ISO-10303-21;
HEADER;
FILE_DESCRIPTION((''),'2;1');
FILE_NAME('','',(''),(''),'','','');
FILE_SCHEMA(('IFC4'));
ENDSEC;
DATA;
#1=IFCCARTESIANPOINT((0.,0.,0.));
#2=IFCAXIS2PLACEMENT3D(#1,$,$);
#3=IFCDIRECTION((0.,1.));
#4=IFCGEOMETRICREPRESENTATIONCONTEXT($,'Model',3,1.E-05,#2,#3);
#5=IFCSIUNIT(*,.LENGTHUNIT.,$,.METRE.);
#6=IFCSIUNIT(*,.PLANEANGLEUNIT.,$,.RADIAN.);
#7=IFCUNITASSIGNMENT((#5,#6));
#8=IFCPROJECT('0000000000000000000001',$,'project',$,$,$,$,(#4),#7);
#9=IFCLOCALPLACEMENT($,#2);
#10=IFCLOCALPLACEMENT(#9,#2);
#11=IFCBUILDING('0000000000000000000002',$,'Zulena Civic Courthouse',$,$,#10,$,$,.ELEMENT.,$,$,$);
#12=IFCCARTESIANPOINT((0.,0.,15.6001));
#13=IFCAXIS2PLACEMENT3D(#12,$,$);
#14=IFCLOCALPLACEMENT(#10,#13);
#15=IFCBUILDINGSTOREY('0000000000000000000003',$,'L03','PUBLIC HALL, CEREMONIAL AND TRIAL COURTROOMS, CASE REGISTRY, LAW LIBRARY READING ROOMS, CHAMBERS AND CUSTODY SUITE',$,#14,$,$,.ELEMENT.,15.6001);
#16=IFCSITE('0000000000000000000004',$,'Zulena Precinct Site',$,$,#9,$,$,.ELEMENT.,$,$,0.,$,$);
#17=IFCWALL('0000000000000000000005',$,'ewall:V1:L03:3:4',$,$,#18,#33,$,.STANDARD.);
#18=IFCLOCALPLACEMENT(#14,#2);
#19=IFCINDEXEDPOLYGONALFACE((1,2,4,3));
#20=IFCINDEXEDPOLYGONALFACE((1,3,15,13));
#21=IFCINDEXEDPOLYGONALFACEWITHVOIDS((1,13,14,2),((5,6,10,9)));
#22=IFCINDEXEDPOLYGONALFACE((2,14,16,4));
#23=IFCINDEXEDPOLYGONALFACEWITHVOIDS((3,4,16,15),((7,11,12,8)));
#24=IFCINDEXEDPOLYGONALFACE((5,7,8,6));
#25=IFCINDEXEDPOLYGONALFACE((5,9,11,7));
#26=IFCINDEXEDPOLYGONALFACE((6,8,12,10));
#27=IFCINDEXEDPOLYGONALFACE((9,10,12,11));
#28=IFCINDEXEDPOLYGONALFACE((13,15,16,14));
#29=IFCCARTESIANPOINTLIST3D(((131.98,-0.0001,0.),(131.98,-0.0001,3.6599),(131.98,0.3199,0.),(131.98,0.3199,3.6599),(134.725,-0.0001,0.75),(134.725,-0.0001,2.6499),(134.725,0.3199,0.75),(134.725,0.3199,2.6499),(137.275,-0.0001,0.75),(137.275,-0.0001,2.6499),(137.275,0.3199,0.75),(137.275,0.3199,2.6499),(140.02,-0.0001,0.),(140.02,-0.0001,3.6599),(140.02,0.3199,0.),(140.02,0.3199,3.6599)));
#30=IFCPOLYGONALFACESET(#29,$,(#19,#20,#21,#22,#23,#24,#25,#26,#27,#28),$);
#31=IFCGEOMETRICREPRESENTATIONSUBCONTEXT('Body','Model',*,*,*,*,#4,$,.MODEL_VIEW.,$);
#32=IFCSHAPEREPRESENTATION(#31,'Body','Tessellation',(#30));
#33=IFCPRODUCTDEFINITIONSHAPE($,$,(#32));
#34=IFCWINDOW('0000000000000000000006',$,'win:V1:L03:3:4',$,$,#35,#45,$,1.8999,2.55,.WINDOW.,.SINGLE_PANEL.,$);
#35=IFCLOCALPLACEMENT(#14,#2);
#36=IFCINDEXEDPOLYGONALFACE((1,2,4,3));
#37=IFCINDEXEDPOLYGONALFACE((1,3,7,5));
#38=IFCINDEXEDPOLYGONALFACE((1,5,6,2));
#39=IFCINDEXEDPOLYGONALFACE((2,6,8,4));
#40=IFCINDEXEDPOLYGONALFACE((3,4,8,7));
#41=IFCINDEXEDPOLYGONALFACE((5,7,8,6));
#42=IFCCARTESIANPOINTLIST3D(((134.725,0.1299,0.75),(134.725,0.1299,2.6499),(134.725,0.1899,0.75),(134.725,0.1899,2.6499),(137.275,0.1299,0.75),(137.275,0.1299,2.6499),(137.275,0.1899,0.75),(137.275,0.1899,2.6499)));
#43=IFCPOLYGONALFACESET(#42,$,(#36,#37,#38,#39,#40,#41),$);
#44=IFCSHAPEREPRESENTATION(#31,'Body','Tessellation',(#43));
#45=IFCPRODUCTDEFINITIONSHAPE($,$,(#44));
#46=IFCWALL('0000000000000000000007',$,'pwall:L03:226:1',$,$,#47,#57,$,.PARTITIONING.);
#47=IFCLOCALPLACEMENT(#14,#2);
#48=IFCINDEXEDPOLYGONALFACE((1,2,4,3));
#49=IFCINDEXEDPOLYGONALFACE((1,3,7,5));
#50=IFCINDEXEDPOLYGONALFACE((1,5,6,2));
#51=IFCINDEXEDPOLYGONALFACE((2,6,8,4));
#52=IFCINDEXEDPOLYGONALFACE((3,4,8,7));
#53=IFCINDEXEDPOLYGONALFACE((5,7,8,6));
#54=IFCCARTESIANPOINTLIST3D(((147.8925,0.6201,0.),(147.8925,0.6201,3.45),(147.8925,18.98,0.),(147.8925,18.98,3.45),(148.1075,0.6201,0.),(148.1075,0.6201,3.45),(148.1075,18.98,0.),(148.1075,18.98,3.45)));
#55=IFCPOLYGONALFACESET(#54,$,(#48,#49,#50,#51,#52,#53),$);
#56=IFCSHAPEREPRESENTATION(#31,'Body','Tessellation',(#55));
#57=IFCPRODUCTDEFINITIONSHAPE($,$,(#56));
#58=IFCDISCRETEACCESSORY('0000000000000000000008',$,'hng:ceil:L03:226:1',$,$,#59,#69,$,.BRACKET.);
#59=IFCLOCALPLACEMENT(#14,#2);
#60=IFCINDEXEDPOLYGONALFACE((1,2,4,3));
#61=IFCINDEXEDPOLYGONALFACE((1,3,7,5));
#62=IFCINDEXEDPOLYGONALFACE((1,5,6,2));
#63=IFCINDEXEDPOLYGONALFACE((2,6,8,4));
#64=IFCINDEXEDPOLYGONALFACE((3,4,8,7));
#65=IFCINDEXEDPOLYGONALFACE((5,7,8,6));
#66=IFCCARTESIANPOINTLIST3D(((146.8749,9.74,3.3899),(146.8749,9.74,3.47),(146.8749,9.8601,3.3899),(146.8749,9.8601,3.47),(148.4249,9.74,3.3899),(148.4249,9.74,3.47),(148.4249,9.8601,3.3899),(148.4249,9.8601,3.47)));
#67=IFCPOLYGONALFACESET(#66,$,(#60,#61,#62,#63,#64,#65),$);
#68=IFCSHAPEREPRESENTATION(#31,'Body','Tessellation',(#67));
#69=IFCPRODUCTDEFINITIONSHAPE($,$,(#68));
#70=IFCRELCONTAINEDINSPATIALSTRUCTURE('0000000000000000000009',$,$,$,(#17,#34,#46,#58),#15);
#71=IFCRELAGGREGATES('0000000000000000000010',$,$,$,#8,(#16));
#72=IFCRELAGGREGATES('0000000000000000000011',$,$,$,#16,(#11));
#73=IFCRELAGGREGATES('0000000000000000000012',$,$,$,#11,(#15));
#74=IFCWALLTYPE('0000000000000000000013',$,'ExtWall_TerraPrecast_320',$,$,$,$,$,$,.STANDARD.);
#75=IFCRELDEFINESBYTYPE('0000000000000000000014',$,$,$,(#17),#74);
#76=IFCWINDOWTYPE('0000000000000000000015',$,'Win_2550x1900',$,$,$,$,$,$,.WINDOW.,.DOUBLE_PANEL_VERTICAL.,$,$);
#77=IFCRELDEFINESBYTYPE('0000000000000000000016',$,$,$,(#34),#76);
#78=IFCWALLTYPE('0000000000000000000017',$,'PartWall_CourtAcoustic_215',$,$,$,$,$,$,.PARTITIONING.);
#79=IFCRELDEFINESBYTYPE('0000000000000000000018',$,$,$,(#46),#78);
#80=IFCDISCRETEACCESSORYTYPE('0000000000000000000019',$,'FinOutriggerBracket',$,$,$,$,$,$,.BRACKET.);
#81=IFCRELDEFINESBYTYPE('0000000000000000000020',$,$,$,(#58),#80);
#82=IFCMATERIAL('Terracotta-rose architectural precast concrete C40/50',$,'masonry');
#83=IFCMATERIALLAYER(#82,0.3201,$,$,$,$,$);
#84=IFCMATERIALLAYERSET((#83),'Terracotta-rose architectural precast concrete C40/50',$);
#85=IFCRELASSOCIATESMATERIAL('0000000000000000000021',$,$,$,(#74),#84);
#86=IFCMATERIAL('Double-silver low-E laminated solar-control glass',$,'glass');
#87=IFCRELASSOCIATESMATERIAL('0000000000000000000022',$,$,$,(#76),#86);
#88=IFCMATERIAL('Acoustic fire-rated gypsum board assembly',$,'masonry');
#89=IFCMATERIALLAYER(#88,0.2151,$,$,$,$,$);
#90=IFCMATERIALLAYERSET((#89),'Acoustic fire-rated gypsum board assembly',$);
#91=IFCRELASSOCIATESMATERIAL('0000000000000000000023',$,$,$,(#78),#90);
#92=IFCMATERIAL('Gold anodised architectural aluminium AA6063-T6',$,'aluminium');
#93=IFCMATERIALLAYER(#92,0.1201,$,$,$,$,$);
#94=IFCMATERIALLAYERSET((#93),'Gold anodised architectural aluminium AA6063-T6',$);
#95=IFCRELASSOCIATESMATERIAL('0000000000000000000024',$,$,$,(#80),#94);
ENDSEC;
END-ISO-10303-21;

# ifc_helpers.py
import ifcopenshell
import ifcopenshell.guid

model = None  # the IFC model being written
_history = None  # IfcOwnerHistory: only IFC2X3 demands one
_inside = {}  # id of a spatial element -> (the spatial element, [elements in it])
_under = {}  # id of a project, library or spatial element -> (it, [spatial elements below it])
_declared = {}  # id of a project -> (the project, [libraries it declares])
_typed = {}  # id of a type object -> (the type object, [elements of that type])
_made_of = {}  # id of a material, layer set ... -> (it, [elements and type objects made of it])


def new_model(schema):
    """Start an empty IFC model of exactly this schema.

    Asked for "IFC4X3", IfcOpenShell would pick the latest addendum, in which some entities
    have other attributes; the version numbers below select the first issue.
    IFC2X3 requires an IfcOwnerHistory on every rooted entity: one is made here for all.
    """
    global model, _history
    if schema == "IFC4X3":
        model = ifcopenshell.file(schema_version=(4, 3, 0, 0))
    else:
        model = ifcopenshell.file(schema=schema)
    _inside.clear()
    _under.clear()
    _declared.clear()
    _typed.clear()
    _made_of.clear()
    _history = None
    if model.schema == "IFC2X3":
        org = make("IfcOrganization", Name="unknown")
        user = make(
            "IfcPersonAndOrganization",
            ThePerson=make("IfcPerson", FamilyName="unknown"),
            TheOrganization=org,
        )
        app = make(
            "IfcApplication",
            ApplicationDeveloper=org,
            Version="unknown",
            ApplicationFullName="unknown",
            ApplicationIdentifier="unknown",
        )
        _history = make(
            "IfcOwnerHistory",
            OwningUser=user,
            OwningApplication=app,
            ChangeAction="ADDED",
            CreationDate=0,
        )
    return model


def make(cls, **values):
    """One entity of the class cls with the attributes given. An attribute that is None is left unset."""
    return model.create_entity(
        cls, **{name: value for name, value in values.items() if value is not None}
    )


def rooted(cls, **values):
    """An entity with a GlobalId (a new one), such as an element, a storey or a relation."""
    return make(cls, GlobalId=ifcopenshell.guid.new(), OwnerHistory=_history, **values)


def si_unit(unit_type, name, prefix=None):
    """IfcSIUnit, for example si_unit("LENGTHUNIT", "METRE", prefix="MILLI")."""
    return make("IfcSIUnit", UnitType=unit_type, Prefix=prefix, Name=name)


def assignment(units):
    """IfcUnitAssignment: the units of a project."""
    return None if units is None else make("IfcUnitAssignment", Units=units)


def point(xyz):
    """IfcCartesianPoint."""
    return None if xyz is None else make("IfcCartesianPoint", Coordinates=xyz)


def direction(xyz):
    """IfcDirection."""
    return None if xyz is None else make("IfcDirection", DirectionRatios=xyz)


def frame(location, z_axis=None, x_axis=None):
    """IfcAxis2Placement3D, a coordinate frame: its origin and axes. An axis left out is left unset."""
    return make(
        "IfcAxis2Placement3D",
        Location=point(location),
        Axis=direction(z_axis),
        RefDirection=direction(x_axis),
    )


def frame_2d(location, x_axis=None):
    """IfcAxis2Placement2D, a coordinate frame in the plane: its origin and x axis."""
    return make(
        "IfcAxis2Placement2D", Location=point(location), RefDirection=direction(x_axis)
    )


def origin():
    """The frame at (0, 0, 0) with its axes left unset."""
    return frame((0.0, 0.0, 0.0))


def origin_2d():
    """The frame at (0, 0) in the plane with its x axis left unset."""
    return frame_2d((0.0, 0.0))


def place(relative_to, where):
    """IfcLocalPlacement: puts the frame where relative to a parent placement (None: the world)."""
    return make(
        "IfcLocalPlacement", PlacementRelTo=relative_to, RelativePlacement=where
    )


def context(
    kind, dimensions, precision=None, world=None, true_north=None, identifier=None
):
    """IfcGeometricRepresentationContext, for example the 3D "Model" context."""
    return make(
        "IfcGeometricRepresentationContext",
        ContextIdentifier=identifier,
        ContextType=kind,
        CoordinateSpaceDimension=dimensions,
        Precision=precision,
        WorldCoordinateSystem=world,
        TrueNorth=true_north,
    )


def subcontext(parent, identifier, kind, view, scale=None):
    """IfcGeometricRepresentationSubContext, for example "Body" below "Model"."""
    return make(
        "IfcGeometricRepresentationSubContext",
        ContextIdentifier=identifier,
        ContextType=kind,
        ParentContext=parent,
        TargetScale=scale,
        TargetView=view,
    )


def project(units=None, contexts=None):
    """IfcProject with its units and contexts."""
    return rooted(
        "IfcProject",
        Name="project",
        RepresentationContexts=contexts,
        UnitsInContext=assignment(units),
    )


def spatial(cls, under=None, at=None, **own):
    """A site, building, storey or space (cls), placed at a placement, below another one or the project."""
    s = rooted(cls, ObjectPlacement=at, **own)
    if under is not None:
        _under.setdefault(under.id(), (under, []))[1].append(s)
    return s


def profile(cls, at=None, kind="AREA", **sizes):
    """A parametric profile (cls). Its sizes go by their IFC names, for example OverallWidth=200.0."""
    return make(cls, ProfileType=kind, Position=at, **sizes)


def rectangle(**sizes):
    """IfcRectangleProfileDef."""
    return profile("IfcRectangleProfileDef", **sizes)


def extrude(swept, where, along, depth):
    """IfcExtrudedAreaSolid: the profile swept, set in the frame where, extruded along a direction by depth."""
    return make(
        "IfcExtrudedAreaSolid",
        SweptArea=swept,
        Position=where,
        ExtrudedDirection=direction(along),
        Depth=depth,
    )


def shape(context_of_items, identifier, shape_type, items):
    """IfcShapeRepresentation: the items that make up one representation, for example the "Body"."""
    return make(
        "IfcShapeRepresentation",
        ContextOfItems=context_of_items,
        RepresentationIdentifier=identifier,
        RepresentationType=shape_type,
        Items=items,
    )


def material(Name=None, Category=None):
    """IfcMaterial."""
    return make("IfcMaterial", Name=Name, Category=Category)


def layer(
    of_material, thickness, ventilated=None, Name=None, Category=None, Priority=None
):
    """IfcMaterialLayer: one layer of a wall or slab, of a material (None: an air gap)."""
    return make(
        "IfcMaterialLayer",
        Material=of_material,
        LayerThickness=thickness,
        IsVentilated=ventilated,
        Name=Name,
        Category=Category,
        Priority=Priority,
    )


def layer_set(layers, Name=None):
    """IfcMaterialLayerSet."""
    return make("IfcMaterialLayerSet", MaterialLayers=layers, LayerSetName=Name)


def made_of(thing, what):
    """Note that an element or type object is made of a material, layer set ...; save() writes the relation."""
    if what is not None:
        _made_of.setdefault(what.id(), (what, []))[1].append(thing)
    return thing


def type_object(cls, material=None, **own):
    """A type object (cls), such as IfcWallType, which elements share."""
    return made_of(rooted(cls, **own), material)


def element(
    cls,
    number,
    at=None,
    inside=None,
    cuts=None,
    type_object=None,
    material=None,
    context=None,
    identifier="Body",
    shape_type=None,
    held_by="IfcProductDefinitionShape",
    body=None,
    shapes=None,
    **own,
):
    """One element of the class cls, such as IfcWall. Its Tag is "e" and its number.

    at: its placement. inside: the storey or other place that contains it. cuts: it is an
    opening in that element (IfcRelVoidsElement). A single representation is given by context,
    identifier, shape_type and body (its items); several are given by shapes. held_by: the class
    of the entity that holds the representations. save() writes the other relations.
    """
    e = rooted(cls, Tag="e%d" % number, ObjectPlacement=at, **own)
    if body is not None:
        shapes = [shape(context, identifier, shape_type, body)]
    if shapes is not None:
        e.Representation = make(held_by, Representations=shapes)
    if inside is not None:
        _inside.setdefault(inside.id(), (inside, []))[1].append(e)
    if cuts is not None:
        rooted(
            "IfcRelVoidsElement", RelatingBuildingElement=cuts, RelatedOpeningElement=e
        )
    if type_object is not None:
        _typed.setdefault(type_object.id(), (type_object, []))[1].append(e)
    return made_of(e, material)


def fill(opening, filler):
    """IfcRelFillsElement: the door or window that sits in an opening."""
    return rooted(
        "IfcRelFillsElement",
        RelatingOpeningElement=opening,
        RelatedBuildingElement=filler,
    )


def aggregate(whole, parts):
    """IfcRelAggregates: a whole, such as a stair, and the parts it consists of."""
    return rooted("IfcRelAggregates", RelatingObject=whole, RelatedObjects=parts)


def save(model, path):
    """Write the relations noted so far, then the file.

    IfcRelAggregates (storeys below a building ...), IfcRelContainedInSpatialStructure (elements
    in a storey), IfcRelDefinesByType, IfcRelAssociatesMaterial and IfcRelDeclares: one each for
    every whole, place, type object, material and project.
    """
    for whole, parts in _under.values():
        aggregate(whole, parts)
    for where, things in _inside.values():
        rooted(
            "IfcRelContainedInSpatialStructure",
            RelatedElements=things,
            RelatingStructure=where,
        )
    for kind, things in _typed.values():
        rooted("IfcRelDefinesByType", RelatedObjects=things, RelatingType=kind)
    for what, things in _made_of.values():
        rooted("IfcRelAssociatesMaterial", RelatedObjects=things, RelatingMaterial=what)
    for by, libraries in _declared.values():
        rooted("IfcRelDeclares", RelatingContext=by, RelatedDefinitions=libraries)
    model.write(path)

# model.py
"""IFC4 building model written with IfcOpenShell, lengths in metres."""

from ifc_helpers import new_model, si_unit, direction, frame, frame_2d, origin, origin_2d, place, context, subcontext, project, spatial, rectangle, extrude, material, layer, layer_set, type_object, element, fill, save


model = new_model("IFC4")

# Units and contexts
model_context = context("Model", 3, precision=1e-05, world=origin(), true_north=direction((0.0, 1.0)))
body_context = subcontext(model_context, "Body", "Model", "MODEL_VIEW")
ifc_project = project(units=[si_unit("LENGTHUNIT", "METRE"), si_unit("PLANEANGLEUNIT", "RADIAN")], contexts=[model_context])

# Site, building, storey
site_placement = place(None, origin())
site = spatial("IfcSite", under=ifc_project, at=site_placement, Name="Zulena Precinct Site", CompositionType="ELEMENT", RefElevation=0.0)
building_placement = place(site_placement, origin())
building = spatial("IfcBuilding", under=site, at=building_placement, Name="Zulena Civic Courthouse", CompositionType="ELEMENT")
storey_placement = place(building_placement, frame((0.0, 0.0, 15.6001)))
storey = spatial("IfcBuildingStorey", under=building, at=storey_placement, Name="L03", Description="PUBLIC HALL, CEREMONIAL AND TRIAL COURTROOMS, CASE REGISTRY, LAW LIBRARY READING ROOMS, CHAMBERS AND CUSTODY SUITE", CompositionType="ELEMENT", Elevation=15.6001)

# Shared definitions
ifc_material_1 = material(Name="Double-silver low-E laminated solar-control glass", Category="glass")

# Wall, opening, window
ifc_material_2 = material(Name="Terracotta-rose architectural precast concrete C40/50", Category="masonry")
ifc_layer_1 = layer(ifc_material_2, 0.3201)
ifc_layer_set_1 = layer_set([ifc_layer_1], Name="Terracotta-rose architectural precast concrete C40/50")
wall_type_1 = type_object("IfcWallType", Name="ExtWall_TerraPrecast_320", PredefinedType="STANDARD", material=ifc_layer_set_1)
wall_1_placement = place(storey_placement, frame((140.02, 0.1599, 0.0), z_axis=(0.0, 0.0, 1.0), x_axis=(-1.0, 0.0, 0.0)))
wall_1 = element("IfcWall", 1, at=wall_1_placement, inside=storey, type_object=wall_type_1, Name="ewall:V1:L03:3:4", PredefinedType="STANDARD", context=body_context, shape_type="SweptSolid", body=[
    extrude(rectangle(XDim=8.04, YDim=0.3201, at=frame_2d((4.02, 0.0))), origin(), (0.0, 0.0, 1.0), 3.6599),
])
opening_placement = place(wall_1_placement, frame((2.7451, 0.0, 0.75)))
opening = element("IfcOpeningElement", 2, at=opening_placement, cuts=wall_1, PredefinedType="OPENING", context=body_context, shape_type="SweptSolid", body=[
    extrude(rectangle(XDim=2.55, YDim=1.8999, at=frame_2d((1.2749, 0.95))), frame((0.0, 0.1699, 0.0), z_axis=(0.0, -1.0, 0.0), x_axis=(1.0, 0.0, 0.0)), (0.0, 0.0, 1.0), 0.3401),
])
window_type = type_object("IfcWindowType", Name="Win_2550x1900", PartitioningType="DOUBLE_PANEL_VERTICAL", PredefinedType="WINDOW", material=ifc_material_1)
window_placement = place(opening_placement, origin())
window = element("IfcWindow", 3, at=window_placement, inside=storey, type_object=window_type, Name="win:V1:L03:3:4", OverallHeight=1.8999, OverallWidth=2.55, PartitioningType="SINGLE_PANEL", PredefinedType="WINDOW", context=body_context, shape_type="SweptSolid", body=[
    extrude(rectangle(XDim=2.55, YDim=1.8999, at=frame_2d((1.2749, 0.95))), frame((0.0, 0.03, 0.0), z_axis=(0.0, -1.0, 0.0), x_axis=(1.0, 0.0, 0.0)), (0.0, 0.0, 1.0), 0.0601),
])
fill(opening, window)

# Wall
ifc_material_3 = material(Name="Acoustic fire-rated gypsum board assembly", Category="masonry")
ifc_layer_2 = layer(ifc_material_3, 0.2151)
ifc_layer_set_2 = layer_set([ifc_layer_2], Name="Acoustic fire-rated gypsum board assembly")
wall_type_2 = type_object("IfcWallType", Name="PartWall_CourtAcoustic_215", PredefinedType="PARTITIONING", material=ifc_layer_set_2)
wall_2_placement = place(storey_placement, frame((148.0, 0.6201, 0.0), z_axis=(0.0, 0.0, 1.0), x_axis=(0.0, 1.0, 0.0)))
element("IfcWall", 4, at=wall_2_placement, inside=storey, type_object=wall_type_2, Name="pwall:L03:226:1", PredefinedType="PARTITIONING", context=body_context, shape_type="SweptSolid", body=[
    extrude(rectangle(XDim=18.3599, YDim=0.2151, at=frame_2d((9.1799, 0.0))), origin(), (0.0, 0.0, 1.0), 3.45),
])

# Discrete accessory
ifc_material_4 = material(Name="Gold anodised architectural aluminium AA6063-T6", Category="aluminium")
ifc_layer_3 = layer(ifc_material_4, 0.1201)
ifc_layer_set_3 = layer_set([ifc_layer_3], Name="Gold anodised architectural aluminium AA6063-T6")
discrete_accessory_type = type_object("IfcDiscreteAccessoryType", Name="FinOutriggerBracket", PredefinedType="BRACKET", material=ifc_layer_set_3)
discrete_accessory_placement = place(storey_placement, frame((147.6499, 9.8, 3.3899), z_axis=(0.0, 0.0, 1.0), x_axis=(1.0, 0.0, 0.0)))
element("IfcDiscreteAccessory", 5, at=discrete_accessory_placement, inside=storey, type_object=discrete_accessory_type, Name="hng:ceil:L03:226:1", PredefinedType="BRACKET", context=body_context, shape_type="SweptSolid", body=[
    extrude(rectangle(XDim=1.55, YDim=0.1201, at=origin_2d()), origin(), (0.0, 0.0, 1.0), 0.0801),
])

save(model, "model.ifc")
